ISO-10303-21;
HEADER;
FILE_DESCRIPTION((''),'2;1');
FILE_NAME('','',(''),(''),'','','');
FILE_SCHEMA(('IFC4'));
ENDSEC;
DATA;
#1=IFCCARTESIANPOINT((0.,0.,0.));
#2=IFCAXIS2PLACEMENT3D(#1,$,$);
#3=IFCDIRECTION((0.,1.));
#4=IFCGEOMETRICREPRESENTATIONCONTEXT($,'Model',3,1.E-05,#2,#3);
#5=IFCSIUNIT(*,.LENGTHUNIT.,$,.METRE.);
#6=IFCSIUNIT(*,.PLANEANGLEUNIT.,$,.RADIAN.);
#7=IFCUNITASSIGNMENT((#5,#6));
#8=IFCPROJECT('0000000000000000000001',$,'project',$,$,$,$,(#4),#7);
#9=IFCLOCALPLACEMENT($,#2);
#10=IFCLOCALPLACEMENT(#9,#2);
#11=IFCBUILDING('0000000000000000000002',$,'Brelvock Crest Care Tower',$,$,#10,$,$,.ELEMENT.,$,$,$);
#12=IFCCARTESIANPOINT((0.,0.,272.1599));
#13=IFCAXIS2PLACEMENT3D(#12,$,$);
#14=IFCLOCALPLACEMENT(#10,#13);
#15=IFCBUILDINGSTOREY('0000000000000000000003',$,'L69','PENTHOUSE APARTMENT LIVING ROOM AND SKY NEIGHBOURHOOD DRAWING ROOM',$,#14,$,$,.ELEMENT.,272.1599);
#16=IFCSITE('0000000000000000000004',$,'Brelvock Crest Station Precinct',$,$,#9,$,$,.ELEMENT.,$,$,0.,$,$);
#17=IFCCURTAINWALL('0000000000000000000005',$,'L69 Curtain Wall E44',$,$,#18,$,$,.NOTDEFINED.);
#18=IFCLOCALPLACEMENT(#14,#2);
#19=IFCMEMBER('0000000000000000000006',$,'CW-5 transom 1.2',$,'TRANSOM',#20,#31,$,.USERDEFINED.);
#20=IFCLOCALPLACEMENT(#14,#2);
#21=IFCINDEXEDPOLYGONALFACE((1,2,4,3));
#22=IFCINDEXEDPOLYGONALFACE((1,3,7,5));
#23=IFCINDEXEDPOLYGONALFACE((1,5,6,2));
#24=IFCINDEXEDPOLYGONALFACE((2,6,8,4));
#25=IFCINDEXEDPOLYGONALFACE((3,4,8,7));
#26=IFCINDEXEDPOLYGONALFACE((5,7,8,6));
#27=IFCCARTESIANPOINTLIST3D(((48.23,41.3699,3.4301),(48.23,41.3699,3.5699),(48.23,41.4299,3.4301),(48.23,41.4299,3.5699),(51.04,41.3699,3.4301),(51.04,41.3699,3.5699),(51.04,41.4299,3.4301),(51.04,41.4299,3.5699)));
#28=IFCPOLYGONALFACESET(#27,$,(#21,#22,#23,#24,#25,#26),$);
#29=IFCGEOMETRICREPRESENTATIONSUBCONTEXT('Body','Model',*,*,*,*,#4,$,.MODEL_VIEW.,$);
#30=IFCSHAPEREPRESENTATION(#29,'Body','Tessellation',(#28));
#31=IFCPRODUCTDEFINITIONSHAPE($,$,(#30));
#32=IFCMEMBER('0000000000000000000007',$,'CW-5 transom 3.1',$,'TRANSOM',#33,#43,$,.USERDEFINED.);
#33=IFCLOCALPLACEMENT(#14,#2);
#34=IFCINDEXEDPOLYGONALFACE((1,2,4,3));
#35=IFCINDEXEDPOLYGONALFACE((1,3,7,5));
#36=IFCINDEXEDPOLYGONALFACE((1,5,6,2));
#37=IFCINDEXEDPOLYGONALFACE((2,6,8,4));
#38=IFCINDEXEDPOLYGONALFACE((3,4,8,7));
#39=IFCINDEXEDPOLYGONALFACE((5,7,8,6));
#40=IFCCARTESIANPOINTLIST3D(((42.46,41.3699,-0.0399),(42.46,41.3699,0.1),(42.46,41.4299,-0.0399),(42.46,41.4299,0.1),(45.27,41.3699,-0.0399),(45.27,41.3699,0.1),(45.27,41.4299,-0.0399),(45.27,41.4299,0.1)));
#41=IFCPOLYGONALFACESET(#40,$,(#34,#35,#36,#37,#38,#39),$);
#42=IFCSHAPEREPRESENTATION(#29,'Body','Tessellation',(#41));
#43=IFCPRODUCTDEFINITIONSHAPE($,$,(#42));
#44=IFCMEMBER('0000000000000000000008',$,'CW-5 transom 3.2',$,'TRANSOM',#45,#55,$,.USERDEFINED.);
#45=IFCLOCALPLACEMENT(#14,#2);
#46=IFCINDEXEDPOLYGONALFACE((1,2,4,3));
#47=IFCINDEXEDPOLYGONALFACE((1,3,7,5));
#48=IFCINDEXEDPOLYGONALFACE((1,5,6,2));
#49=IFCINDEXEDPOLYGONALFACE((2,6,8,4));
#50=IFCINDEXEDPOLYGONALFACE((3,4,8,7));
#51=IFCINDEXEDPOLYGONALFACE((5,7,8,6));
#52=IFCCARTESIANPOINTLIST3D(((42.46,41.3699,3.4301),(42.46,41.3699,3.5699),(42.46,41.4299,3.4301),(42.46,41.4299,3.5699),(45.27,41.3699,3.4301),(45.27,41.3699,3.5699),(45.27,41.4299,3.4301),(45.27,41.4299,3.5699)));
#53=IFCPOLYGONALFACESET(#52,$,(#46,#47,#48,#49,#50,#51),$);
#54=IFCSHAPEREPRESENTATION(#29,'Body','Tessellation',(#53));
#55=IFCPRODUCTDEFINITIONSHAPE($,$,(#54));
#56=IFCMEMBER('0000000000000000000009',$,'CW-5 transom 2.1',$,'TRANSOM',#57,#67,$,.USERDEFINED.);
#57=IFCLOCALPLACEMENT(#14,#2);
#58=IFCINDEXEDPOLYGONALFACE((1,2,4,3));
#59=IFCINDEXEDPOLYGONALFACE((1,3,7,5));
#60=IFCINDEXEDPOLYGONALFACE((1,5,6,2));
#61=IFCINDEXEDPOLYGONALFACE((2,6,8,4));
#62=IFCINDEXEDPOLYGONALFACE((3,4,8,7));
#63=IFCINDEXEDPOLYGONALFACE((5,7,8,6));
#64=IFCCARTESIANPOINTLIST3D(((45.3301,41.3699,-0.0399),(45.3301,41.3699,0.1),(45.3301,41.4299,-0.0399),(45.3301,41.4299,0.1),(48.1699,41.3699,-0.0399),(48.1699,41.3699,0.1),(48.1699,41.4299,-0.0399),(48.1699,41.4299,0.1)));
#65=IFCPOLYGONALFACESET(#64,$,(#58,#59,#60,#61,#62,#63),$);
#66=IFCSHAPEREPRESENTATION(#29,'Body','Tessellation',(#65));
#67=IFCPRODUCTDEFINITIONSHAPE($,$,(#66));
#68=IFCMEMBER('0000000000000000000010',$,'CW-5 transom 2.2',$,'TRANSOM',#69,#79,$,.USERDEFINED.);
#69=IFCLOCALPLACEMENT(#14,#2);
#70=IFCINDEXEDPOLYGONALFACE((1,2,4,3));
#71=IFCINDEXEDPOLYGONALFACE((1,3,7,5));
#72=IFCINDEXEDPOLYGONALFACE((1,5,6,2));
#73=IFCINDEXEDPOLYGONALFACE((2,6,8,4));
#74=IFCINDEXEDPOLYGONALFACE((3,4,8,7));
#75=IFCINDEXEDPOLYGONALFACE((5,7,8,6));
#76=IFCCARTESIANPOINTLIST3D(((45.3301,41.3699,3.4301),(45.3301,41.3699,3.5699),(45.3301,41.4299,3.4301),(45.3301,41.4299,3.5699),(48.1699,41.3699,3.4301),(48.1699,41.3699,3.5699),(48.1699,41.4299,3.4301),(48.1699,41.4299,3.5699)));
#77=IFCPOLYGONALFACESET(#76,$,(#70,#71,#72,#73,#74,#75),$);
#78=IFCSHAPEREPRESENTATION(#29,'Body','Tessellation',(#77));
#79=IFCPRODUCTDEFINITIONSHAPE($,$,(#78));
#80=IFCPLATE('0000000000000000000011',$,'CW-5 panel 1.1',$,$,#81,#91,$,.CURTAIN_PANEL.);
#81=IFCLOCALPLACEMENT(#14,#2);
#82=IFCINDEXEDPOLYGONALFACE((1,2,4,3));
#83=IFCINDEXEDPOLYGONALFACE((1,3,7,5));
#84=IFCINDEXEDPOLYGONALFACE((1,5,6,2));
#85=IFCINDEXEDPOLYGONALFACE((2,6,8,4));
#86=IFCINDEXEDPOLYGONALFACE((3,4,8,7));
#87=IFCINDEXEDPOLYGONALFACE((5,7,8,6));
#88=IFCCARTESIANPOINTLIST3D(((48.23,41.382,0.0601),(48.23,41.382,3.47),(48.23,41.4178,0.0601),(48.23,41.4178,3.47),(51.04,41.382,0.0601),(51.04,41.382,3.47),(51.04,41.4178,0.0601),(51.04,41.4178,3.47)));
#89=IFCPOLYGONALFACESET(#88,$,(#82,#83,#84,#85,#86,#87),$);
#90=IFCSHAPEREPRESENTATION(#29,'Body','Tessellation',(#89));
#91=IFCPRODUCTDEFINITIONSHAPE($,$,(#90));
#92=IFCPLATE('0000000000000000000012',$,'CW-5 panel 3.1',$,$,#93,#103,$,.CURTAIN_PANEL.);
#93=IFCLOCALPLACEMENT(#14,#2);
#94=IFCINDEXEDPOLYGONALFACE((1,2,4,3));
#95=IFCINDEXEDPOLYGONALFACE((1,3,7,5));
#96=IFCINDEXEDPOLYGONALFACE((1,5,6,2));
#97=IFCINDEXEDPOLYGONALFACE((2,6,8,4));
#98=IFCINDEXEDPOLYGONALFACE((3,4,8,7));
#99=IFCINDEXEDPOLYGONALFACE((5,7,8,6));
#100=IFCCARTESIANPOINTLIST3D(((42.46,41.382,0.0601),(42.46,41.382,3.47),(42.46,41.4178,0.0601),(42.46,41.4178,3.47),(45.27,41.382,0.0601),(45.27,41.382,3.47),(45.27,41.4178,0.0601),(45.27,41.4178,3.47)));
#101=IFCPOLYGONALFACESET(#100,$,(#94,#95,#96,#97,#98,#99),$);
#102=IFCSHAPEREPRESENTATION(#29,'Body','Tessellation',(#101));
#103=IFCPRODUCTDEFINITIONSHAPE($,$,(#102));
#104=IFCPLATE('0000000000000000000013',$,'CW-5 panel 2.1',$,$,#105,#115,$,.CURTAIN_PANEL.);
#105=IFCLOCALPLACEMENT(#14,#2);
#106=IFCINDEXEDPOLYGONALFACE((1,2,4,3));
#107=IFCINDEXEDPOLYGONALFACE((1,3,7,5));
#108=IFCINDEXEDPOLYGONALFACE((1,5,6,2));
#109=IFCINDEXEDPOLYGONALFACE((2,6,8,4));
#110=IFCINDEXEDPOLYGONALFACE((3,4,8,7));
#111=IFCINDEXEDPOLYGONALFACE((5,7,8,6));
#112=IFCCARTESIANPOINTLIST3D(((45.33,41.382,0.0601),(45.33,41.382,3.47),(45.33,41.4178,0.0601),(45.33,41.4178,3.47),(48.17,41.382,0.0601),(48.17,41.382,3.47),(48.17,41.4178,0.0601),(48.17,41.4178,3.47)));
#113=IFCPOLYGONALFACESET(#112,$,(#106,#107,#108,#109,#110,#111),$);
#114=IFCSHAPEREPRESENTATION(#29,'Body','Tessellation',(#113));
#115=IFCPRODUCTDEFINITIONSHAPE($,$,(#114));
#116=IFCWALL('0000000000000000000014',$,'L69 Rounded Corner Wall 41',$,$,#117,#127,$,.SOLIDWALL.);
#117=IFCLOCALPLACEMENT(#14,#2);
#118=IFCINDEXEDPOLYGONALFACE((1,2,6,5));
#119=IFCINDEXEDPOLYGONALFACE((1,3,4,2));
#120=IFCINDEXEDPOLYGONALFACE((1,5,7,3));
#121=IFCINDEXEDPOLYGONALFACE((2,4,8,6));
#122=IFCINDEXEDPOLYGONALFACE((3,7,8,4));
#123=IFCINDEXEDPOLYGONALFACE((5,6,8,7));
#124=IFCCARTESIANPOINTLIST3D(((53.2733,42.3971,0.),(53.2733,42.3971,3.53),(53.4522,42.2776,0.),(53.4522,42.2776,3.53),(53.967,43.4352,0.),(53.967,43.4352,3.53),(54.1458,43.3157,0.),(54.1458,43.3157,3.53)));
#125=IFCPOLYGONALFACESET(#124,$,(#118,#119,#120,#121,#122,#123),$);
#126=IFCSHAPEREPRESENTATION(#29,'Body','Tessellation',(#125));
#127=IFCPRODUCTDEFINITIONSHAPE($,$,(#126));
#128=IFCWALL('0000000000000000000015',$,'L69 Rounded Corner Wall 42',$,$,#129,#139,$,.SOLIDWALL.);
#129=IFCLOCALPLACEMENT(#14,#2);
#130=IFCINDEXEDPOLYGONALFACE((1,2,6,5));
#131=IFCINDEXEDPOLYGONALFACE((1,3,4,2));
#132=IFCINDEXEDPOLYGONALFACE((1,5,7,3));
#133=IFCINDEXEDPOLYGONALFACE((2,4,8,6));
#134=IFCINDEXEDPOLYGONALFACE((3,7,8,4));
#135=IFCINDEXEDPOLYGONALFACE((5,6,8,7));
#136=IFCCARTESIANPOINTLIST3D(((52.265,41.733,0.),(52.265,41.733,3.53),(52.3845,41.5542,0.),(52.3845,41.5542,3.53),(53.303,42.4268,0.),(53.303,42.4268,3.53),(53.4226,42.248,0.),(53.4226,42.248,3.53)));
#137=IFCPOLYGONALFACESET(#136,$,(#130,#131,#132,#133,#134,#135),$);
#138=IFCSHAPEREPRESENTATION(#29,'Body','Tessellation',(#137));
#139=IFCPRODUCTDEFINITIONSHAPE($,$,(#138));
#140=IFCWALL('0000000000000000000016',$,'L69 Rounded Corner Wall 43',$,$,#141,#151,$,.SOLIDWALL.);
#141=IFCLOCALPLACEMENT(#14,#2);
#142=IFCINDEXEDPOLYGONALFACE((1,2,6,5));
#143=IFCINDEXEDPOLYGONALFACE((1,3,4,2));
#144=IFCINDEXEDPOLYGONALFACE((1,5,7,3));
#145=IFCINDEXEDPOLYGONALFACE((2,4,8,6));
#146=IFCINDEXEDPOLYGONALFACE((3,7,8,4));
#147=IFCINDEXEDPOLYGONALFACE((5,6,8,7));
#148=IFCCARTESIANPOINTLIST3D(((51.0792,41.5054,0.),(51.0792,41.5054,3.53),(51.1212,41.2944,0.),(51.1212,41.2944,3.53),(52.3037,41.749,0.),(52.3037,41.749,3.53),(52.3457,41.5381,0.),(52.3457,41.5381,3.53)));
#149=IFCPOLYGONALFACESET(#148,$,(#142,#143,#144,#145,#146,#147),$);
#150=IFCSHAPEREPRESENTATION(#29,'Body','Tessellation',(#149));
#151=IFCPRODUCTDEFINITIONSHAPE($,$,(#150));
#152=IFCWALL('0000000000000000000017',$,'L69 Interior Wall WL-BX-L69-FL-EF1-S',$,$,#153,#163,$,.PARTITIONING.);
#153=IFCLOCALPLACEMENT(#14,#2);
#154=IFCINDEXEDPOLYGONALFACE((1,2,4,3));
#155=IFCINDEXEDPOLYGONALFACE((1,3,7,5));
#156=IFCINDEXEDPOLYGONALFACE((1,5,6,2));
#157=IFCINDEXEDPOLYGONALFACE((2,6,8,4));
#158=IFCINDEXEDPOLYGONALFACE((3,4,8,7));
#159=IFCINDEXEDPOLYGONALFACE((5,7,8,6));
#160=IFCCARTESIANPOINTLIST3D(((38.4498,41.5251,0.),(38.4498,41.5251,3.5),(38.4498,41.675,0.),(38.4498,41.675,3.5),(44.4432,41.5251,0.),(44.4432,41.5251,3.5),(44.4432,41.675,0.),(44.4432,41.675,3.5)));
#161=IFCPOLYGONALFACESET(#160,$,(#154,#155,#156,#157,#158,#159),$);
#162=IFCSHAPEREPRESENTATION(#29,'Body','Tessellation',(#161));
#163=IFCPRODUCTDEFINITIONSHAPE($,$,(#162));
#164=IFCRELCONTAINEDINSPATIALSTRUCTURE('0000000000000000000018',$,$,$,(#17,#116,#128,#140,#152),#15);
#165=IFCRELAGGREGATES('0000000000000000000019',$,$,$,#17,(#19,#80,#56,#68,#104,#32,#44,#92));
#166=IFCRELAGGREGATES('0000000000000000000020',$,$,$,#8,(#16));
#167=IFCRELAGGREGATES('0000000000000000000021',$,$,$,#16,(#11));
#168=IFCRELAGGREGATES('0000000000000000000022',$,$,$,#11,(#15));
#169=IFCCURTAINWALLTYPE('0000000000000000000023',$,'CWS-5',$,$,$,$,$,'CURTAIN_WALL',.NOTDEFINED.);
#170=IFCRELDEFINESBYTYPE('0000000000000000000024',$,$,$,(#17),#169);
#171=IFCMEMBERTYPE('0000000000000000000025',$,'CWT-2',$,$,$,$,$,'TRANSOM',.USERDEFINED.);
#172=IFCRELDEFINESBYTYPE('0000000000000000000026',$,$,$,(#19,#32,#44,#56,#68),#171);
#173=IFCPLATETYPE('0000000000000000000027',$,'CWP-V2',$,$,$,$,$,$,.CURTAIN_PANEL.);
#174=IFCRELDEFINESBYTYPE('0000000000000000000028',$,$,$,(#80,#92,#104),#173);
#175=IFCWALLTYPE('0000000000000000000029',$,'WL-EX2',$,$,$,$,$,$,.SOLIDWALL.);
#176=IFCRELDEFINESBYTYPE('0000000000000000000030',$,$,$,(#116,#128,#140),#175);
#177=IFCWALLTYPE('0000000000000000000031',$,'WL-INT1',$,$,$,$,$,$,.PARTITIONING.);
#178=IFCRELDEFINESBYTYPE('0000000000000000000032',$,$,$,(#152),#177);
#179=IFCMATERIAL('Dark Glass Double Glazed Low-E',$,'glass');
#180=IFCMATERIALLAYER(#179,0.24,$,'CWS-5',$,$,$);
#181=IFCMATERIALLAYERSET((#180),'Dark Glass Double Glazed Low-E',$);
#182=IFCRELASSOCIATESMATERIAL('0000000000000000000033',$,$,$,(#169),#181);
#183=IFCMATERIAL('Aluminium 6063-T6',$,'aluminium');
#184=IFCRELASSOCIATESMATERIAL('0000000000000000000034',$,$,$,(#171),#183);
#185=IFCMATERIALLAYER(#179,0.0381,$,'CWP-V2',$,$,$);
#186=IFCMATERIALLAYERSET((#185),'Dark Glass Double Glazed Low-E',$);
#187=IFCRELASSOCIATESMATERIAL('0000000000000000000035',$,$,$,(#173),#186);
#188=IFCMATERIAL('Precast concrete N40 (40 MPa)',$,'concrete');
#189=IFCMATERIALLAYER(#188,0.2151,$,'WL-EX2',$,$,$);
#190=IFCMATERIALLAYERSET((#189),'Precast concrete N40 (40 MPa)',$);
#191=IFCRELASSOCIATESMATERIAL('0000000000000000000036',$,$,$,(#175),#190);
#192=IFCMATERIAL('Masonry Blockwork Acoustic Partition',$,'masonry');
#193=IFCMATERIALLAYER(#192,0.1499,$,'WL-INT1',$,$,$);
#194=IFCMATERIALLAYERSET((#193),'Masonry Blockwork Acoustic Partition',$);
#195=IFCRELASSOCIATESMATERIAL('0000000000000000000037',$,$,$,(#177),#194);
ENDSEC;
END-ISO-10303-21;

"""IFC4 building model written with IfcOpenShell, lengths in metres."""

from ifc_helpers import new_model, si_unit, direction, frame, frame_2d, origin, origin_2d, place, context, subcontext, project, spatial, rectangle, extrude, source, transform, mapped, material, layer, layer_set, material_profile, profile_set, type_object, element, aggregate, save


model = new_model("IFC4")

# Units and contexts
model_context = context("Model", 3, precision=1e-05, world=origin(), true_north=direction((0.0, 1.0)))
body_context = subcontext(model_context, "Body", "Model", "MODEL_VIEW")
ifc_project = project(units=[si_unit("LENGTHUNIT", "METRE"), si_unit("PLANEANGLEUNIT", "RADIAN")], contexts=[model_context])

# Site, building, storey
site_placement = place(None, origin())
site = spatial("IfcSite", under=ifc_project, at=site_placement, Name="Brelvock Crest Station Precinct", CompositionType="ELEMENT", RefElevation=0.0)
building_placement = place(site_placement, origin())
building = spatial("IfcBuilding", under=site, at=building_placement, Name="Brelvock Crest Care Tower", CompositionType="ELEMENT")
storey_placement = place(building_placement, frame((0.0, 0.0, 272.1599)))
storey = spatial("IfcBuildingStorey", under=building, at=storey_placement, Name="L69", Description="PENTHOUSE APARTMENT LIVING ROOM AND SKY NEIGHBOURHOOD DRAWING ROOM", CompositionType="ELEMENT", Elevation=272.1599)

# Curtain wall
ifc_material_1 = material(Name="Dark Glass Double Glazed Low-E", Category="glass")
ifc_layer_1 = layer(ifc_material_1, 0.24, Name="CWS-5")
ifc_layer_set_1 = layer_set([ifc_layer_1], Name="Dark Glass Double Glazed Low-E")
curtain_wall_type = type_object("IfcCurtainWallType", Name="CWS-5", ElementType="CURTAIN_WALL", PredefinedType="NOTDEFINED", material=ifc_layer_set_1)
curtain_wall_1_placement = place(storey_placement, origin())
curtain_wall_1 = element("IfcCurtainWall", 1, at=curtain_wall_1_placement, inside=storey, type_object=curtain_wall_type, Name="L69 Curtain Wall E44", PredefinedType="NOTDEFINED")
ifc_material_2 = material(Name="Aluminium 6063-T6", Category="aluminium")
ifc_material_profile_1 = material_profile(ifc_material_2, rectangle(XDim=0.0601, YDim=0.1399, at=origin_2d()), Name="ALU60x140")
ifc_profile_set_1 = profile_set([ifc_material_profile_1], Name="Aluminium 6063-T6")
member_type_1 = type_object("IfcMemberType", Name="CWT-2", ElementType="TRANSOM", PredefinedType="USERDEFINED", material=ifc_profile_set_1)

# Members
shared_shape_1 = source(origin(), body_context, "Body", "SweptSolid", [
    extrude(rectangle(XDim=0.0601, YDim=0.1399, at=origin_2d()), origin(), (0.0, 0.0, 1.0), 2.8101),
])
member_1_placement = place(storey_placement, frame((51.04, 41.3999, 3.5), z_axis=(-1.0, 0.0, 0.0), x_axis=(0.0, -1.0, 0.0)))
member_1 = element("IfcMember", 2, at=member_1_placement, type_object=member_type_1, Name="CW-5 transom 1.2", ObjectType="TRANSOM", PredefinedType="USERDEFINED", context=body_context, shape_type="MappedRepresentation", body=[
    mapped(shared_shape_1, transform((0.0, 0.0, 0.0), x_axis=(1.0, 0.0, 0.0), y_axis=(0.0, 1.0, 0.0), z_axis=(0.0, 0.0, 1.0), scale=1.0)),
])
member_2_placement = place(storey_placement, frame((45.27, 41.3999, 0.03), z_axis=(-1.0, 0.0, 0.0), x_axis=(0.0, -1.0, 0.0)))
member_2 = element("IfcMember", 3, at=member_2_placement, type_object=member_type_1, Name="CW-5 transom 3.1", ObjectType="TRANSOM", PredefinedType="USERDEFINED", context=body_context, shape_type="MappedRepresentation", body=[
    mapped(shared_shape_1, transform((0.0, 0.0, 0.0), x_axis=(1.0, 0.0, 0.0), y_axis=(0.0, 1.0, 0.0), z_axis=(0.0, 0.0, 1.0), scale=1.0)),
])
member_3_placement = place(storey_placement, frame((45.27, 41.3999, 3.5), z_axis=(-1.0, 0.0, 0.0), x_axis=(0.0, -1.0, 0.0)))
member_3 = element("IfcMember", 4, at=member_3_placement, type_object=member_type_1, Name="CW-5 transom 3.2", ObjectType="TRANSOM", PredefinedType="USERDEFINED", context=body_context, shape_type="MappedRepresentation", body=[
    mapped(shared_shape_1, transform((0.0, 0.0, 0.0), x_axis=(1.0, 0.0, 0.0), y_axis=(0.0, 1.0, 0.0), z_axis=(0.0, 0.0, 1.0), scale=1.0)),
])
shared_shape_2 = source(origin(), body_context, "Body", "SweptSolid", [
    extrude(rectangle(XDim=0.0601, YDim=0.1399, at=origin_2d()), origin(), (0.0, 0.0, 1.0), 2.8398),
])
member_4_placement = place(storey_placement, frame((48.1699, 41.3999, 0.03), z_axis=(-1.0, 0.0, 0.0), x_axis=(0.0, -1.0, 0.0)))
member_4 = element("IfcMember", 5, at=member_4_placement, type_object=member_type_1, Name="CW-5 transom 2.1", ObjectType="TRANSOM", PredefinedType="USERDEFINED", context=body_context, shape_type="MappedRepresentation", body=[
    mapped(shared_shape_2, transform((0.0, 0.0, 0.0), x_axis=(1.0, 0.0, 0.0), y_axis=(0.0, 1.0, 0.0), z_axis=(0.0, 0.0, 1.0), scale=1.0)),
])
member_5_placement = place(storey_placement, frame((48.1699, 41.3999, 3.5), z_axis=(-1.0, 0.0, 0.0), x_axis=(0.0, -1.0, 0.0)))
member_5 = element("IfcMember", 6, at=member_5_placement, type_object=member_type_1, Name="CW-5 transom 2.2", ObjectType="TRANSOM", PredefinedType="USERDEFINED", context=body_context, shape_type="MappedRepresentation", body=[
    mapped(shared_shape_2, transform((0.0, 0.0, 0.0), x_axis=(1.0, 0.0, 0.0), y_axis=(0.0, 1.0, 0.0), z_axis=(0.0, 0.0, 1.0), scale=1.0)),
])

# Plates
ifc_layer_2 = layer(ifc_material_1, 0.0381, Name="CWP-V2")
ifc_layer_set_2 = layer_set([ifc_layer_2], Name="Dark Glass Double Glazed Low-E")
plate_type = type_object("IfcPlateType", Name="CWP-V2", PredefinedType="CURTAIN_PANEL", material=ifc_layer_set_2)
shared_shape_3 = source(origin(), body_context, "Body", "SweptSolid", [
    extrude(rectangle(XDim=2.8101, YDim=0.0359, at=origin_2d()), origin(), (0.0, 0.0, 1.0), 3.4099),
])
plate_1_placement = place(storey_placement, frame((49.635, 41.3999, 0.0601), z_axis=(0.0, 0.0, 1.0), x_axis=(-1.0, 0.0, 0.0)))
plate_1 = element("IfcPlate", 7, at=plate_1_placement, type_object=plate_type, Name="CW-5 panel 1.1", PredefinedType="CURTAIN_PANEL", context=body_context, shape_type="MappedRepresentation", body=[
    mapped(shared_shape_3, transform((0.0, 0.0, 0.0), x_axis=(1.0, 0.0, 0.0), y_axis=(0.0, 1.0, 0.0), z_axis=(0.0, 0.0, 1.0), scale=1.0)),
])
plate_2_placement = place(storey_placement, frame((43.865, 41.3999, 0.0601), z_axis=(0.0, 0.0, 1.0), x_axis=(-1.0, 0.0, 0.0)))
plate_2 = element("IfcPlate", 8, at=plate_2_placement, type_object=plate_type, Name="CW-5 panel 3.1", PredefinedType="CURTAIN_PANEL", context=body_context, shape_type="MappedRepresentation", body=[
    mapped(shared_shape_3, transform((0.0, 0.0, 0.0), x_axis=(1.0, 0.0, 0.0), y_axis=(0.0, 1.0, 0.0), z_axis=(0.0, 0.0, 1.0), scale=1.0)),
])
shared_shape_4 = source(origin(), body_context, "Body", "SweptSolid", [
    extrude(rectangle(XDim=2.8401, YDim=0.0359, at=origin_2d()), origin(), (0.0, 0.0, 1.0), 3.4099),
])
plate_3_placement = place(storey_placement, frame((46.75, 41.3999, 0.0601), z_axis=(0.0, 0.0, 1.0), x_axis=(-1.0, 0.0, 0.0)))
plate_3 = element("IfcPlate", 9, at=plate_3_placement, type_object=plate_type, Name="CW-5 panel 2.1", PredefinedType="CURTAIN_PANEL", context=body_context, shape_type="MappedRepresentation", body=[
    mapped(shared_shape_4, transform((0.0, 0.0, 0.0), x_axis=(1.0, 0.0, 0.0), y_axis=(0.0, 1.0, 0.0), z_axis=(0.0, 0.0, 1.0), scale=1.0)),
])
aggregate(curtain_wall_1, [member_1, plate_1, member_4, member_5, plate_3, member_2, member_3, plate_2])

# Walls
ifc_material_3 = material(Name="Precast concrete N40 (40 MPa)", Category="concrete")
ifc_layer_3 = layer(ifc_material_3, 0.2151, Name="WL-EX2")
ifc_layer_set_3 = layer_set([ifc_layer_3], Name="Precast concrete N40 (40 MPa)")
wall_type_1 = type_object("IfcWallType", Name="WL-EX2", PredefinedType="SOLIDWALL", material=ifc_layer_set_3)
for number, where, z_axis, x_axis, name in (
    (10, (54.0564, 43.3755, 0.0), (0.0, 0.0, 1.0), (-0.555557, -0.831478, 0.0), "L69 Rounded Corner Wall 41"),
    (11, (53.3628, 42.3374, 0.0), (0.0, 0.0, 1.0), (-0.831388, -0.555692, 0.0), "L69 Rounded Corner Wall 42"),
    (12, (52.3247, 41.6436, 0.0), (0.0, 0.0, 1.0), (-0.980776, -0.195138, 0.0), "L69 Rounded Corner Wall 43"),
):
    element("IfcWall", number, at=place(storey_placement, frame(where, z_axis=z_axis, x_axis=x_axis)), inside=storey, type_object=wall_type_1, Name=name, PredefinedType="SOLIDWALL", context=body_context, shape_type="SweptSolid", body=[
        extrude(rectangle(XDim=1.2485, YDim=0.2151, at=frame_2d((0.6243, 0.0))), origin(), (0.0, 0.0, 1.0), 3.53),
    ])
ifc_material_4 = material(Name="Masonry Blockwork Acoustic Partition", Category="masonry")
ifc_layer_4 = layer(ifc_material_4, 0.1499, Name="WL-INT1")
ifc_layer_set_4 = layer_set([ifc_layer_4], Name="Masonry Blockwork Acoustic Partition")
wall_type_2 = type_object("IfcWallType", Name="WL-INT1", PredefinedType="PARTITIONING", material=ifc_layer_set_4)
wall_1_placement = place(storey_placement, frame((38.45, 41.6001, 0.0), z_axis=(0.0, 0.0, 1.0), x_axis=(1.0, 0.0, 0.0)))
element("IfcWall", 13, at=wall_1_placement, inside=storey, type_object=wall_type_2, Name="L69 Interior Wall WL-BX-L69-FL-EF1-S", PredefinedType="PARTITIONING", context=body_context, shape_type="SweptSolid", body=[
    extrude(rectangle(XDim=5.9934, YDim=0.1499, at=frame_2d((2.9966, 0.0))), origin(), (0.0, 0.0, 1.0), 3.5),
])

save(model, "model.ifc")
